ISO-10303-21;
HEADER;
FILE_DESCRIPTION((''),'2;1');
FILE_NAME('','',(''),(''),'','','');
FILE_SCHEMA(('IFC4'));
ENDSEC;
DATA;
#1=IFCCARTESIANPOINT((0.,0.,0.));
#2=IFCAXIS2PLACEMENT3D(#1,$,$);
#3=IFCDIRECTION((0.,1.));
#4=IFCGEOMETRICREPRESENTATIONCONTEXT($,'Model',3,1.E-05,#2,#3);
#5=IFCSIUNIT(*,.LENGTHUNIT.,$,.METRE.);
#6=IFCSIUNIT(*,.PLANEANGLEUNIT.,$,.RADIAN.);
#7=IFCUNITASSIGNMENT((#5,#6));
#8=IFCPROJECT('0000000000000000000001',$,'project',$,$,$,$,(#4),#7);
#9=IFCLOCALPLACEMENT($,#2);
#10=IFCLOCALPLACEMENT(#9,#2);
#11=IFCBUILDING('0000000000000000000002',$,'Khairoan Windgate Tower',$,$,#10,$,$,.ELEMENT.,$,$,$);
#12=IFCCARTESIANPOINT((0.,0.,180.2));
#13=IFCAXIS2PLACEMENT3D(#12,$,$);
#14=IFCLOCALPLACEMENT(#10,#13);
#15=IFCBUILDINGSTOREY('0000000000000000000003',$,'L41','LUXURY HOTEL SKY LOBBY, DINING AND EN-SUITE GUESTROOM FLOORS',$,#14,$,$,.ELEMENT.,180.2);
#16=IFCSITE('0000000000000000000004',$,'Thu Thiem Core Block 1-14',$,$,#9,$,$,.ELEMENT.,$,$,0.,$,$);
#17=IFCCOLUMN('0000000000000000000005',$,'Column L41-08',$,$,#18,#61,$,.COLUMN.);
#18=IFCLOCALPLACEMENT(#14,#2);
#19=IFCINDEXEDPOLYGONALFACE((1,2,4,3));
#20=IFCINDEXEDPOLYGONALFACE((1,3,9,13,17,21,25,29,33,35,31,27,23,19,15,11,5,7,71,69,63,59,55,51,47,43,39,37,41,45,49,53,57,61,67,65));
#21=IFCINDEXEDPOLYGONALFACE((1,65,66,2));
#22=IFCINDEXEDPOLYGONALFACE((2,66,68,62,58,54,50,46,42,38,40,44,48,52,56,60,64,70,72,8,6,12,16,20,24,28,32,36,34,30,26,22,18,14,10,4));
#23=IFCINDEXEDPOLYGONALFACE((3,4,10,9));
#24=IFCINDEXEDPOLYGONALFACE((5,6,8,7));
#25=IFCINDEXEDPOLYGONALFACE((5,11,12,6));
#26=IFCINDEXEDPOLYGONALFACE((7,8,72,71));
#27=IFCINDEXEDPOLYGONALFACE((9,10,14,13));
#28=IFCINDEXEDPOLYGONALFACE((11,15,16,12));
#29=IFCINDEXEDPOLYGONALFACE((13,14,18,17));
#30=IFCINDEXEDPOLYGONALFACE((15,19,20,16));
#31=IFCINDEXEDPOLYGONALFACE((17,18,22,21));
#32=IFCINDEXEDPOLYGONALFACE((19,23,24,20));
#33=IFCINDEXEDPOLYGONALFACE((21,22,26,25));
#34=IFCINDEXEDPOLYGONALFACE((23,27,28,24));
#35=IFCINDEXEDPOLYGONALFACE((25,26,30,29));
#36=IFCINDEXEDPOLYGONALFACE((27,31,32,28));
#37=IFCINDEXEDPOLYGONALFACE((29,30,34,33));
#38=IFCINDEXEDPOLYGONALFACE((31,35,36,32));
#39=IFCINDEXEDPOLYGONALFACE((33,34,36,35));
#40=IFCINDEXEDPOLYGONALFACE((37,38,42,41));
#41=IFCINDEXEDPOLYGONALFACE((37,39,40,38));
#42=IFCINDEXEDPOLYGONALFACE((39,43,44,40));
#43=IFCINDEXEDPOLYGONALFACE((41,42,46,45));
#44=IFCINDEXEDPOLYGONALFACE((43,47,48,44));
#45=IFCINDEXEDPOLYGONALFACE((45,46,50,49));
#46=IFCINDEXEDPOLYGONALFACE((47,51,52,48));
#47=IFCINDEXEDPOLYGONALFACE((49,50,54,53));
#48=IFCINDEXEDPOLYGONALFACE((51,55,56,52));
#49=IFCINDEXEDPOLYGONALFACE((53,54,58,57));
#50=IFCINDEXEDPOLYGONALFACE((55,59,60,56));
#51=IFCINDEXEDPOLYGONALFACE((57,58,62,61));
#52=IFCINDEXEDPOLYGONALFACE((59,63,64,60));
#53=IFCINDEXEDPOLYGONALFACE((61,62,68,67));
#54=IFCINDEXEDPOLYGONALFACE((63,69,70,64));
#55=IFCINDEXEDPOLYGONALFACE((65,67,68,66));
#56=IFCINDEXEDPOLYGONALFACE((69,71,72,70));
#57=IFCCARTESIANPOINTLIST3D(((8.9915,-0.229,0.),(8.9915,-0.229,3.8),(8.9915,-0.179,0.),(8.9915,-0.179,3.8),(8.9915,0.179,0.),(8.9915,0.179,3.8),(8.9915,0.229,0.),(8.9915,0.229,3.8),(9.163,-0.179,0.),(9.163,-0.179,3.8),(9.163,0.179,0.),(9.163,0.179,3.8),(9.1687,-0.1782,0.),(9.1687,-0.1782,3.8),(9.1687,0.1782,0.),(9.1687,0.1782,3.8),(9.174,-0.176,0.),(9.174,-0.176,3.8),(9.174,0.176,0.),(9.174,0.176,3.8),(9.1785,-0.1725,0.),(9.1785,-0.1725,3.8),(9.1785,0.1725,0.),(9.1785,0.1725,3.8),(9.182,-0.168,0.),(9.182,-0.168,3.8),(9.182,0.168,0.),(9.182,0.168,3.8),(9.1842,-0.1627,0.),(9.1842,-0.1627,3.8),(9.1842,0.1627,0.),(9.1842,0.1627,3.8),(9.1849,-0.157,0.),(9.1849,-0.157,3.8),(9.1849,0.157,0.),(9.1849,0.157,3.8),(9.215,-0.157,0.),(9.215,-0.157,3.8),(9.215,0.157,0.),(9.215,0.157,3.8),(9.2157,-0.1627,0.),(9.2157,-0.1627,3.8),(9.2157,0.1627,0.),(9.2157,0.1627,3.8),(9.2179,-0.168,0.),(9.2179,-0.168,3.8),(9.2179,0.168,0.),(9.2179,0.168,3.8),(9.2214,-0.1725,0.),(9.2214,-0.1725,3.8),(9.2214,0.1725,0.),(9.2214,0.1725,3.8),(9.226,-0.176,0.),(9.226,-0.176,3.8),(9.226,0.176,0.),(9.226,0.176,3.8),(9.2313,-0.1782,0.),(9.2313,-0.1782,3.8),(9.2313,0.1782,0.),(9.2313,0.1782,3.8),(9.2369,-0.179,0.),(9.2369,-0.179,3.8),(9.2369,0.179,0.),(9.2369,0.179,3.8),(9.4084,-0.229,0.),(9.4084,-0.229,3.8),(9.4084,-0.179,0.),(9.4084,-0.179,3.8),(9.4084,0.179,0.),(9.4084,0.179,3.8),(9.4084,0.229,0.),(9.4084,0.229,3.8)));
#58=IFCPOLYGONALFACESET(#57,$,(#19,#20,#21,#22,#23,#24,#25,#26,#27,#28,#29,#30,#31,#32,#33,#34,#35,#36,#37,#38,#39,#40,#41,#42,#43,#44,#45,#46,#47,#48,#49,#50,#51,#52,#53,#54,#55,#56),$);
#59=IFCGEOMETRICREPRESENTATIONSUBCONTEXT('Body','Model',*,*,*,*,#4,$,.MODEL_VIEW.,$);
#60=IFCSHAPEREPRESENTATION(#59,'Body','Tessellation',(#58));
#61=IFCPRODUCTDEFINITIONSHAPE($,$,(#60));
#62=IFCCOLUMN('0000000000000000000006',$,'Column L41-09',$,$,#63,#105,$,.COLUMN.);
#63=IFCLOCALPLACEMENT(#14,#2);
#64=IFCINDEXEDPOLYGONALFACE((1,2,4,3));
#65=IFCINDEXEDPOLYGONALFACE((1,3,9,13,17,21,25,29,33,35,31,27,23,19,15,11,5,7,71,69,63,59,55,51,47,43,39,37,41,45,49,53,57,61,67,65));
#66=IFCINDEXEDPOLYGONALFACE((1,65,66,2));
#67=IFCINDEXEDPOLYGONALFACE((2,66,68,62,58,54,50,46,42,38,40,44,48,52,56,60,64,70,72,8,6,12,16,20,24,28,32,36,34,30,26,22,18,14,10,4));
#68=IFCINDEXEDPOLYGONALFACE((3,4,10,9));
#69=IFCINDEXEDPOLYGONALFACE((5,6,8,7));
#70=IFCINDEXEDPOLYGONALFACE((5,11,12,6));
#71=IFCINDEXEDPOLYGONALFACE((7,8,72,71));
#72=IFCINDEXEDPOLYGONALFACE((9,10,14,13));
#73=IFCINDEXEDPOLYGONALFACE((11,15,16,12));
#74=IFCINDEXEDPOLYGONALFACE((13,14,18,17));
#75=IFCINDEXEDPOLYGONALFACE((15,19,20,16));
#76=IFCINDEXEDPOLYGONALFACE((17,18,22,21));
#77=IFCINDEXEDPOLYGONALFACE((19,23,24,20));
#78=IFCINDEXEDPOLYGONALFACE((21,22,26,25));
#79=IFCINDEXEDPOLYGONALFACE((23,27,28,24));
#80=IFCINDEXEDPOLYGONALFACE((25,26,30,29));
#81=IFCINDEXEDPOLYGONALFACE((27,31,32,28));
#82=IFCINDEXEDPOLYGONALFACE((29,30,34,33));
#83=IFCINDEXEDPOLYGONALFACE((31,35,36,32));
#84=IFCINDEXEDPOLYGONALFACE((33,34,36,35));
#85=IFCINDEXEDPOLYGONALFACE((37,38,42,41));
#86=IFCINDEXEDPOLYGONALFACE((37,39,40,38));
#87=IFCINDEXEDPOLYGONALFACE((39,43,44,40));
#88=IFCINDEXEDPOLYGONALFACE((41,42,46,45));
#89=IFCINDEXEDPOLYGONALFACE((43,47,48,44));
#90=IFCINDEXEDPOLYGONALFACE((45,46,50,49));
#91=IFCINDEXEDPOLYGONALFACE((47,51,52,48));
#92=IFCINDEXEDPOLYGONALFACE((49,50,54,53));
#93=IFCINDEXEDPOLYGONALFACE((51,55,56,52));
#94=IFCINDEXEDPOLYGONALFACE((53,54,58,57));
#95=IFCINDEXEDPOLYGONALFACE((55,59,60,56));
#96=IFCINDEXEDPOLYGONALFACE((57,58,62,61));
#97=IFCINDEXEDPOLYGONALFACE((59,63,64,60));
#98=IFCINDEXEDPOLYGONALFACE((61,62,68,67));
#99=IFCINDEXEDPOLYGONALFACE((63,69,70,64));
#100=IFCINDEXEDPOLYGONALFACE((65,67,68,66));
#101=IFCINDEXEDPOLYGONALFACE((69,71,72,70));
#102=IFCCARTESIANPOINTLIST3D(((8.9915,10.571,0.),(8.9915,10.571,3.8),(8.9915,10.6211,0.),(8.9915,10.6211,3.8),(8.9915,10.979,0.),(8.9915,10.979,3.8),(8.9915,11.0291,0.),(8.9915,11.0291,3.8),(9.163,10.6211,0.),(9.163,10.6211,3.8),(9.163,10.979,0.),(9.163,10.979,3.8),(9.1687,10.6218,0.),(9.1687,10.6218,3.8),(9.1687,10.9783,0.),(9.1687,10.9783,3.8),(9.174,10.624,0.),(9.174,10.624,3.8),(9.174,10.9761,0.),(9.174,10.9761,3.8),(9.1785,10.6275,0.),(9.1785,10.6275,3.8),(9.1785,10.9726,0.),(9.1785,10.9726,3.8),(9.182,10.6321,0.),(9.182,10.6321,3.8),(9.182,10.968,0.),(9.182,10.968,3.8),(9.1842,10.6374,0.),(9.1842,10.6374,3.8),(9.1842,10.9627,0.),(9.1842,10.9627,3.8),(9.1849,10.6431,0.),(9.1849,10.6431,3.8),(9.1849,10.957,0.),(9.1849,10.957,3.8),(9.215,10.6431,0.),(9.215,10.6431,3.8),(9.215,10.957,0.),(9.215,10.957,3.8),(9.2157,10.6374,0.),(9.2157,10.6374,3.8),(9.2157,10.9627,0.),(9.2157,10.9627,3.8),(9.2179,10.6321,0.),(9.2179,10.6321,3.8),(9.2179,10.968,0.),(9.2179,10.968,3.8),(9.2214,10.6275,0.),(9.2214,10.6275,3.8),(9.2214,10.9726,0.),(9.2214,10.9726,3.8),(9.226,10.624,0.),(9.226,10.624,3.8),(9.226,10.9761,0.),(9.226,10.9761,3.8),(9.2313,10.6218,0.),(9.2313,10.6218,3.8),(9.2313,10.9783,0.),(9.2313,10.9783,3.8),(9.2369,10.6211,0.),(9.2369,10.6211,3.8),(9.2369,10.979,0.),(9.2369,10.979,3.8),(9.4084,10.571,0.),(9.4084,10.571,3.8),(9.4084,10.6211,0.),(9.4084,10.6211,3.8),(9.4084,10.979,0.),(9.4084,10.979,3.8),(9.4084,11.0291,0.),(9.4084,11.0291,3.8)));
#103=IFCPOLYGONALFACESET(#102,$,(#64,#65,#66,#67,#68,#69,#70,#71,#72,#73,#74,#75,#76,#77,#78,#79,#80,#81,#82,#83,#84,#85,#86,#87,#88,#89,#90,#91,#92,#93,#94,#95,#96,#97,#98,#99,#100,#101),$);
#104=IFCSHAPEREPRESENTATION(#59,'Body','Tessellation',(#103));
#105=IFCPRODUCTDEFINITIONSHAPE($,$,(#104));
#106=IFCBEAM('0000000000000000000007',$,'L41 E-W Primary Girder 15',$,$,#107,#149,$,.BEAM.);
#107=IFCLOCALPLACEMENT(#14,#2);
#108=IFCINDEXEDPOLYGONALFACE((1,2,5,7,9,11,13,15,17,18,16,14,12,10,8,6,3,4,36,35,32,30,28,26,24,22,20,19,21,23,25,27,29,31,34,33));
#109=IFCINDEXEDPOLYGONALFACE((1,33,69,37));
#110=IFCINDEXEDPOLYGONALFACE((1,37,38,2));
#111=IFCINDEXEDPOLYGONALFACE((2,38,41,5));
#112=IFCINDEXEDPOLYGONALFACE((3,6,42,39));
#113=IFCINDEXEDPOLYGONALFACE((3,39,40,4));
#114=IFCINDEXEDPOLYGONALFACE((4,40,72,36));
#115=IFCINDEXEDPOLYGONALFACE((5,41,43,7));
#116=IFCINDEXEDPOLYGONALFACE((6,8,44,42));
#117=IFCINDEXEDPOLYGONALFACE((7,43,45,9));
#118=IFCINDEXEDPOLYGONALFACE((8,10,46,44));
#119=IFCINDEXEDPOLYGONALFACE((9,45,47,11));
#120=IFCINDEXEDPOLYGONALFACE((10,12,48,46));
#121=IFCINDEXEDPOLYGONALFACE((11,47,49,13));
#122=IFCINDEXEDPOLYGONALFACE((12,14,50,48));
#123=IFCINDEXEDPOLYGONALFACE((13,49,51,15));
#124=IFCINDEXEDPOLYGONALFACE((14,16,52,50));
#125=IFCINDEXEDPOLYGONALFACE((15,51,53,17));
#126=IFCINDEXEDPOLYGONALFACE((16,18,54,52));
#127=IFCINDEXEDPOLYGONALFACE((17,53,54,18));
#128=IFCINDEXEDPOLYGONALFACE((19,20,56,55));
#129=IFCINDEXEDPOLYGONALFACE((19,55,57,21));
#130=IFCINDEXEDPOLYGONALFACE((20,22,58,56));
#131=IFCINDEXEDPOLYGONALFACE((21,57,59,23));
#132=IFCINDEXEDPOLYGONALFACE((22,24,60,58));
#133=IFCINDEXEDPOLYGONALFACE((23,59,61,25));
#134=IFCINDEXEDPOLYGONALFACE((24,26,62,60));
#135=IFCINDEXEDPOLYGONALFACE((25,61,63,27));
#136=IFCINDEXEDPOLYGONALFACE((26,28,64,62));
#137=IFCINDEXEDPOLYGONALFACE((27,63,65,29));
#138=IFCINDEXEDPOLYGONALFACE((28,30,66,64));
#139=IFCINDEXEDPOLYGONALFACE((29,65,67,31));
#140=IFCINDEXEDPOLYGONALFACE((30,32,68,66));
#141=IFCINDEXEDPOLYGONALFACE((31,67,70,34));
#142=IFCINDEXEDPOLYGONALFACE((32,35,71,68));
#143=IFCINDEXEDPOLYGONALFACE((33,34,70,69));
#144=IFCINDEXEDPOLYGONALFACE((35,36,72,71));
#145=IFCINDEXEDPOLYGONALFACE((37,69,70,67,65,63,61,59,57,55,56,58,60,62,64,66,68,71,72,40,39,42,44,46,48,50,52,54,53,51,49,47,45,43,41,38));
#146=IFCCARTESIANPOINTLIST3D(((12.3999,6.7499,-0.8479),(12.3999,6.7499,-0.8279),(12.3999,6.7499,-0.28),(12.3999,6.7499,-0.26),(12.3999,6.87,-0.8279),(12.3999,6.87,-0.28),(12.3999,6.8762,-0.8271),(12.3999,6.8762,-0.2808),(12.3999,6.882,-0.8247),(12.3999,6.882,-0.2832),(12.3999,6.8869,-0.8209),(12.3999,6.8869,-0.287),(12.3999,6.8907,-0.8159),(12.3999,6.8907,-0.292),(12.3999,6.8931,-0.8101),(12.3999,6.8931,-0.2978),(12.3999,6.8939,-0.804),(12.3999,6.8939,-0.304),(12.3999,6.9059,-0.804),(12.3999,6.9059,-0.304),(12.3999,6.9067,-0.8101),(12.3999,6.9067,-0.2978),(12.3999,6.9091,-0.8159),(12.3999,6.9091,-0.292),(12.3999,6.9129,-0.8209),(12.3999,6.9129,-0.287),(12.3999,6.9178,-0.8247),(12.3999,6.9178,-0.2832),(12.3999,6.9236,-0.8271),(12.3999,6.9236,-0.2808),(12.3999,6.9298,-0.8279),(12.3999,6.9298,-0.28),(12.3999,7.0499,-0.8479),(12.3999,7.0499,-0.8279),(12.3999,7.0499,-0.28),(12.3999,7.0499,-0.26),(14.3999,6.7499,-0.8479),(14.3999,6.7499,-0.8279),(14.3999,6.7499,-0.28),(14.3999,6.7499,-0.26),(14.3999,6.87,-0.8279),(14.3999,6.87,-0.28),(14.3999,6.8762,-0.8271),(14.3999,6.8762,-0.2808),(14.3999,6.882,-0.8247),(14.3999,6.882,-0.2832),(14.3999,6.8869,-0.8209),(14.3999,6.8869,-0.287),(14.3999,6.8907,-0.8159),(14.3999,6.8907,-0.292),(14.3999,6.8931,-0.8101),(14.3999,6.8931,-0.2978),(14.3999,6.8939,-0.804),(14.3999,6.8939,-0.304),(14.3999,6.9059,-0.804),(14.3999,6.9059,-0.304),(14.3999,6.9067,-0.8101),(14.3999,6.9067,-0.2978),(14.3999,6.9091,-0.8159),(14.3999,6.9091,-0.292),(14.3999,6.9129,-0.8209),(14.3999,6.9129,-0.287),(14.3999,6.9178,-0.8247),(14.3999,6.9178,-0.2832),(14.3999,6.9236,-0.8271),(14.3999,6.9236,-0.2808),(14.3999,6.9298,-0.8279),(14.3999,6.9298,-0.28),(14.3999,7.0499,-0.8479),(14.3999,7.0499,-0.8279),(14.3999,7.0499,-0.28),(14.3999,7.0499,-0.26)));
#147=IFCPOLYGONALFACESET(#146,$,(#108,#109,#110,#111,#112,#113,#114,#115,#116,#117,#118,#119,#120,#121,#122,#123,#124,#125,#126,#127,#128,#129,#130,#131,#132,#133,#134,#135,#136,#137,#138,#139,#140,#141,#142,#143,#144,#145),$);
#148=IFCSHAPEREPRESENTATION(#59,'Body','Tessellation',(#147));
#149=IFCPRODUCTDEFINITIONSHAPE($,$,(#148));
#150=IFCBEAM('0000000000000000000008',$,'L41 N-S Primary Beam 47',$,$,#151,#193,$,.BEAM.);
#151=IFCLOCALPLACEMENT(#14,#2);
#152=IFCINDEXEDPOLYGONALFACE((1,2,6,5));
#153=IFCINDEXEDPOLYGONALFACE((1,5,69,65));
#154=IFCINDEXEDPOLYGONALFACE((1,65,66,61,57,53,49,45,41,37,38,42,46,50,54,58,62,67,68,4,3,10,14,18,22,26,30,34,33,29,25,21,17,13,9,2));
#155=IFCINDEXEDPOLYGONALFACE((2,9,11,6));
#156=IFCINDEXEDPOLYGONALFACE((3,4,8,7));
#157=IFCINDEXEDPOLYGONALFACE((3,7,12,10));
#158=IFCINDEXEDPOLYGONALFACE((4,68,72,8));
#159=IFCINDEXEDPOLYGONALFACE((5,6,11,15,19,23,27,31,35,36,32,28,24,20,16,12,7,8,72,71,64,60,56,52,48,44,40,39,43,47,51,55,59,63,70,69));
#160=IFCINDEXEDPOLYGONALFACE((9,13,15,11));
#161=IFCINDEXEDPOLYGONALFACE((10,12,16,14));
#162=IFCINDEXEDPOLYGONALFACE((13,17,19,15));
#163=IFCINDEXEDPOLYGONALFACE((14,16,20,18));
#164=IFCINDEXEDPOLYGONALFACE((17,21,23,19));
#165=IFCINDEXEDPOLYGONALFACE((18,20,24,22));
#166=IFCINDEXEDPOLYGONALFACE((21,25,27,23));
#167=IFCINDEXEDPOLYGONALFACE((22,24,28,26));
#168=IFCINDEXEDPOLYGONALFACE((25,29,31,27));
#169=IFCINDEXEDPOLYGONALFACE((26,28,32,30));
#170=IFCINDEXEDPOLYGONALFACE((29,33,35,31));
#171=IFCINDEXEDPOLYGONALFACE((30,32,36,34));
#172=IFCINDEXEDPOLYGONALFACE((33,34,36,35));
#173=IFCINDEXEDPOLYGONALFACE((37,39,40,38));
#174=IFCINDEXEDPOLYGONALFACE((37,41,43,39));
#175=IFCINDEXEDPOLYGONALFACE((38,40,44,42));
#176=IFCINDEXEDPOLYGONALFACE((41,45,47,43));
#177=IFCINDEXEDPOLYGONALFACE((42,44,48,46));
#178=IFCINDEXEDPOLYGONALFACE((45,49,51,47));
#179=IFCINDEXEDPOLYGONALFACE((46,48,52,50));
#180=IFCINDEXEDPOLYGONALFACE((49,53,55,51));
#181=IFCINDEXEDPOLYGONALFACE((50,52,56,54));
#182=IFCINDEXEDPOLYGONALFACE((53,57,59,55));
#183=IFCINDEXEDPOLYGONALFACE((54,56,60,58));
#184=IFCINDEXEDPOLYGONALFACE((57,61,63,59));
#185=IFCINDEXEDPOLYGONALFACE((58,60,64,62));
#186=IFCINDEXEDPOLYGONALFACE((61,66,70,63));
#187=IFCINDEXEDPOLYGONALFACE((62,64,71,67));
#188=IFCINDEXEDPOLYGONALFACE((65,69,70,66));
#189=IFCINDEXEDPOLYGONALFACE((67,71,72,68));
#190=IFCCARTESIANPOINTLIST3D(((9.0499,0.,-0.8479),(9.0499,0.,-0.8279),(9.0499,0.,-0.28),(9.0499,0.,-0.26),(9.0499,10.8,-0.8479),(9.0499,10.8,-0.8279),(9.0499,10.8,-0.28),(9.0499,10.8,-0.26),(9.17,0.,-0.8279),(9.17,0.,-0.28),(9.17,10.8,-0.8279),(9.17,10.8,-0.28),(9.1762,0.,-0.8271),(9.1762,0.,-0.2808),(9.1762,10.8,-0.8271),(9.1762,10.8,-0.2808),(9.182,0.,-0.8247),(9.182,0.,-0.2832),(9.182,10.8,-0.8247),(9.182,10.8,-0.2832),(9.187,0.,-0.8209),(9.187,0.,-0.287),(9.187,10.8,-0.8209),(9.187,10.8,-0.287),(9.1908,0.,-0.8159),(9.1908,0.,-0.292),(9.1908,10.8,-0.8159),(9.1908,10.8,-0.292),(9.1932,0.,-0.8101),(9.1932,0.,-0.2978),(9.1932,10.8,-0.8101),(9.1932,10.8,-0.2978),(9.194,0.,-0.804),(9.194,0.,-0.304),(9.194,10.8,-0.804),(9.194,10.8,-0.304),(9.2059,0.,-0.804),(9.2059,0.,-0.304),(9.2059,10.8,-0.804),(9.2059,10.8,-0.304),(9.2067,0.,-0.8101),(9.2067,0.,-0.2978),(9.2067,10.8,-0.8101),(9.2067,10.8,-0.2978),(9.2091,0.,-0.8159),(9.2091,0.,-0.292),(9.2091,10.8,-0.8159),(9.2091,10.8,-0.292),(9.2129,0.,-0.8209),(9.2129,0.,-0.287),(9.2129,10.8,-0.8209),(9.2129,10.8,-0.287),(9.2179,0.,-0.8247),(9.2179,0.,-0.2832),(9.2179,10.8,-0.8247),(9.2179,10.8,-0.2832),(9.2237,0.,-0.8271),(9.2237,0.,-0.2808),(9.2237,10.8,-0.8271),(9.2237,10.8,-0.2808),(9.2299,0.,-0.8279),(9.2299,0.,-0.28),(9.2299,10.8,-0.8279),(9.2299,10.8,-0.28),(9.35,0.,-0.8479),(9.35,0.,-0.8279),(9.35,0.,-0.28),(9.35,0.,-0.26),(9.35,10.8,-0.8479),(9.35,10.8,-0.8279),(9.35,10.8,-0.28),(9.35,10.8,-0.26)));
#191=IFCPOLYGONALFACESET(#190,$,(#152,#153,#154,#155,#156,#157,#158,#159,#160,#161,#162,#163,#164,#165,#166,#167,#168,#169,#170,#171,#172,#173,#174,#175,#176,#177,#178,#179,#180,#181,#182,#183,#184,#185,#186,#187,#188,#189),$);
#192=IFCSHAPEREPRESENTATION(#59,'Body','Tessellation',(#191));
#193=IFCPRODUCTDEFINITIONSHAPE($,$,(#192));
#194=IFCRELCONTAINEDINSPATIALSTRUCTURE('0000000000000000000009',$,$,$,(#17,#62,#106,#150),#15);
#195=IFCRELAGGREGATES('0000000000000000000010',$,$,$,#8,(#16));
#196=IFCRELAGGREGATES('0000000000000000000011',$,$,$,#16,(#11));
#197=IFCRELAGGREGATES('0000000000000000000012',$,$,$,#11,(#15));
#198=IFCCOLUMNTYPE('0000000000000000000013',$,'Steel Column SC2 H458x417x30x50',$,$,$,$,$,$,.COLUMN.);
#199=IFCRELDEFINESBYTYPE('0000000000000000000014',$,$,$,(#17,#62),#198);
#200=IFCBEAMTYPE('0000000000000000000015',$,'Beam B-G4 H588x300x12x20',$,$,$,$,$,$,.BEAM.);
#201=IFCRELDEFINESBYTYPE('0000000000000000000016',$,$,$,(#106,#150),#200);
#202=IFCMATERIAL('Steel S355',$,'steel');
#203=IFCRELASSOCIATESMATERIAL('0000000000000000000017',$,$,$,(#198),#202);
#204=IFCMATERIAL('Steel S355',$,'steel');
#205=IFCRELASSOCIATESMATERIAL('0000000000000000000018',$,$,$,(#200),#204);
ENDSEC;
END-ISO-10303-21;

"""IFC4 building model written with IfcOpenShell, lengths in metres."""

from ifc_helpers import new_model, si_unit, direction, frame, origin, origin_2d, place, context, subcontext, project, spatial, i_section, extrude, material, material_profile, profile_set, type_object, element, save


model = new_model("IFC4")

# Units and contexts
model_context = context("Model", 3, precision=1e-05, world=origin(), true_north=direction((0.0, 1.0)))
body_context = subcontext(model_context, "Body", "Model", "MODEL_VIEW")
ifc_project = project(units=[si_unit("LENGTHUNIT", "METRE"), si_unit("PLANEANGLEUNIT", "RADIAN")], contexts=[model_context])

# Site, building, storey
site_placement = place(None, origin())
site = spatial("IfcSite", under=ifc_project, at=site_placement, Name="Thu Thiem Core Block 1-14", CompositionType="ELEMENT", RefElevation=0.0)
building_placement = place(site_placement, origin())
building = spatial("IfcBuilding", under=site, at=building_placement, Name="Khairoan Windgate Tower", CompositionType="ELEMENT")
storey_placement = place(building_placement, frame((0.0, 0.0, 180.2)))
storey = spatial("IfcBuildingStorey", under=building, at=storey_placement, Name="L41", Description="LUXURY HOTEL SKY LOBBY, DINING AND EN-SUITE GUESTROOM FLOORS", CompositionType="ELEMENT", Elevation=180.2)

# Columns
ifc_material_1 = material(Name="Steel S355", Category="steel")
ifc_material_profile_1 = material_profile(ifc_material_1, i_section(OverallWidth=0.417, OverallDepth=0.458, WebThickness=0.03, FlangeThickness=0.05, FilletRadius=0.022, at=origin_2d()))
ifc_profile_set_1 = profile_set([ifc_material_profile_1], Name="Steel S355")
column_type = type_object("IfcColumnType", Name="Steel Column SC2 H458x417x30x50", PredefinedType="COLUMN", material=ifc_profile_set_1)
for number, where, z_axis, x_axis, name in (
    (1, (9.2, 0.0, 0.0), (0.0, 0.0, 1.0), (1.0, 0.0, 0.0), "Column L41-08"),
    (2, (9.2, 10.8, 0.0), (0.0, 0.0, 1.0), (1.0, 0.0, 0.0), "Column L41-09"),
):
    element("IfcColumn", number, at=place(storey_placement, frame(where, z_axis=z_axis, x_axis=x_axis)), inside=storey, type_object=column_type, Name=name, PredefinedType="COLUMN", context=body_context, shape_type="SweptSolid", body=[
        extrude(i_section(OverallWidth=0.417, OverallDepth=0.458, WebThickness=0.03, FlangeThickness=0.05, FilletRadius=0.022, at=origin_2d()), origin(), (0.0, 0.0, 1.0), 3.8),
    ])

# Beams
ifc_material_2 = material(Name="Steel S355", Category="steel")
ifc_material_profile_2 = material_profile(ifc_material_2, i_section(OverallWidth=0.3, OverallDepth=0.5879, WebThickness=0.012, FlangeThickness=0.02, FilletRadius=0.0239, at=origin_2d()))
ifc_profile_set_2 = profile_set([ifc_material_profile_2], Name="Steel S355")
beam_type_1 = type_object("IfcBeamType", Name="Beam B-G4 H588x300x12x20", PredefinedType="BEAM", material=ifc_profile_set_2)
beam_1_placement = place(storey_placement, frame((12.3999, 6.8999, -0.554), z_axis=(1.0, 0.0, 0.0), x_axis=(0.0, 1.0, 0.0)))
element("IfcBeam", 3, at=beam_1_placement, inside=storey, type_object=beam_type_1, Name="L41 E-W Primary Girder 15", PredefinedType="BEAM", context=body_context, shape_type="SweptSolid", body=[
    extrude(i_section(OverallWidth=0.3, OverallDepth=0.5879, WebThickness=0.012, FlangeThickness=0.02, FilletRadius=0.0239, at=origin_2d()), origin(), (0.0, 0.0, 1.0), 2.0),
])
beam_2_placement = place(storey_placement, frame((9.2, 0.0, -0.554), z_axis=(0.0, 1.0, 0.0), x_axis=(-1.0, 0.0, 0.0)))
element("IfcBeam", 4, at=beam_2_placement, inside=storey, type_object=beam_type_1, Name="L41 N-S Primary Beam 47", PredefinedType="BEAM", context=body_context, shape_type="SweptSolid", body=[
    extrude(i_section(OverallWidth=0.3, OverallDepth=0.5879, WebThickness=0.012, FlangeThickness=0.02, FilletRadius=0.0239, at=origin_2d()), origin(), (0.0, 0.0, 1.0), 10.8),
])

save(model, "model.ifc")
